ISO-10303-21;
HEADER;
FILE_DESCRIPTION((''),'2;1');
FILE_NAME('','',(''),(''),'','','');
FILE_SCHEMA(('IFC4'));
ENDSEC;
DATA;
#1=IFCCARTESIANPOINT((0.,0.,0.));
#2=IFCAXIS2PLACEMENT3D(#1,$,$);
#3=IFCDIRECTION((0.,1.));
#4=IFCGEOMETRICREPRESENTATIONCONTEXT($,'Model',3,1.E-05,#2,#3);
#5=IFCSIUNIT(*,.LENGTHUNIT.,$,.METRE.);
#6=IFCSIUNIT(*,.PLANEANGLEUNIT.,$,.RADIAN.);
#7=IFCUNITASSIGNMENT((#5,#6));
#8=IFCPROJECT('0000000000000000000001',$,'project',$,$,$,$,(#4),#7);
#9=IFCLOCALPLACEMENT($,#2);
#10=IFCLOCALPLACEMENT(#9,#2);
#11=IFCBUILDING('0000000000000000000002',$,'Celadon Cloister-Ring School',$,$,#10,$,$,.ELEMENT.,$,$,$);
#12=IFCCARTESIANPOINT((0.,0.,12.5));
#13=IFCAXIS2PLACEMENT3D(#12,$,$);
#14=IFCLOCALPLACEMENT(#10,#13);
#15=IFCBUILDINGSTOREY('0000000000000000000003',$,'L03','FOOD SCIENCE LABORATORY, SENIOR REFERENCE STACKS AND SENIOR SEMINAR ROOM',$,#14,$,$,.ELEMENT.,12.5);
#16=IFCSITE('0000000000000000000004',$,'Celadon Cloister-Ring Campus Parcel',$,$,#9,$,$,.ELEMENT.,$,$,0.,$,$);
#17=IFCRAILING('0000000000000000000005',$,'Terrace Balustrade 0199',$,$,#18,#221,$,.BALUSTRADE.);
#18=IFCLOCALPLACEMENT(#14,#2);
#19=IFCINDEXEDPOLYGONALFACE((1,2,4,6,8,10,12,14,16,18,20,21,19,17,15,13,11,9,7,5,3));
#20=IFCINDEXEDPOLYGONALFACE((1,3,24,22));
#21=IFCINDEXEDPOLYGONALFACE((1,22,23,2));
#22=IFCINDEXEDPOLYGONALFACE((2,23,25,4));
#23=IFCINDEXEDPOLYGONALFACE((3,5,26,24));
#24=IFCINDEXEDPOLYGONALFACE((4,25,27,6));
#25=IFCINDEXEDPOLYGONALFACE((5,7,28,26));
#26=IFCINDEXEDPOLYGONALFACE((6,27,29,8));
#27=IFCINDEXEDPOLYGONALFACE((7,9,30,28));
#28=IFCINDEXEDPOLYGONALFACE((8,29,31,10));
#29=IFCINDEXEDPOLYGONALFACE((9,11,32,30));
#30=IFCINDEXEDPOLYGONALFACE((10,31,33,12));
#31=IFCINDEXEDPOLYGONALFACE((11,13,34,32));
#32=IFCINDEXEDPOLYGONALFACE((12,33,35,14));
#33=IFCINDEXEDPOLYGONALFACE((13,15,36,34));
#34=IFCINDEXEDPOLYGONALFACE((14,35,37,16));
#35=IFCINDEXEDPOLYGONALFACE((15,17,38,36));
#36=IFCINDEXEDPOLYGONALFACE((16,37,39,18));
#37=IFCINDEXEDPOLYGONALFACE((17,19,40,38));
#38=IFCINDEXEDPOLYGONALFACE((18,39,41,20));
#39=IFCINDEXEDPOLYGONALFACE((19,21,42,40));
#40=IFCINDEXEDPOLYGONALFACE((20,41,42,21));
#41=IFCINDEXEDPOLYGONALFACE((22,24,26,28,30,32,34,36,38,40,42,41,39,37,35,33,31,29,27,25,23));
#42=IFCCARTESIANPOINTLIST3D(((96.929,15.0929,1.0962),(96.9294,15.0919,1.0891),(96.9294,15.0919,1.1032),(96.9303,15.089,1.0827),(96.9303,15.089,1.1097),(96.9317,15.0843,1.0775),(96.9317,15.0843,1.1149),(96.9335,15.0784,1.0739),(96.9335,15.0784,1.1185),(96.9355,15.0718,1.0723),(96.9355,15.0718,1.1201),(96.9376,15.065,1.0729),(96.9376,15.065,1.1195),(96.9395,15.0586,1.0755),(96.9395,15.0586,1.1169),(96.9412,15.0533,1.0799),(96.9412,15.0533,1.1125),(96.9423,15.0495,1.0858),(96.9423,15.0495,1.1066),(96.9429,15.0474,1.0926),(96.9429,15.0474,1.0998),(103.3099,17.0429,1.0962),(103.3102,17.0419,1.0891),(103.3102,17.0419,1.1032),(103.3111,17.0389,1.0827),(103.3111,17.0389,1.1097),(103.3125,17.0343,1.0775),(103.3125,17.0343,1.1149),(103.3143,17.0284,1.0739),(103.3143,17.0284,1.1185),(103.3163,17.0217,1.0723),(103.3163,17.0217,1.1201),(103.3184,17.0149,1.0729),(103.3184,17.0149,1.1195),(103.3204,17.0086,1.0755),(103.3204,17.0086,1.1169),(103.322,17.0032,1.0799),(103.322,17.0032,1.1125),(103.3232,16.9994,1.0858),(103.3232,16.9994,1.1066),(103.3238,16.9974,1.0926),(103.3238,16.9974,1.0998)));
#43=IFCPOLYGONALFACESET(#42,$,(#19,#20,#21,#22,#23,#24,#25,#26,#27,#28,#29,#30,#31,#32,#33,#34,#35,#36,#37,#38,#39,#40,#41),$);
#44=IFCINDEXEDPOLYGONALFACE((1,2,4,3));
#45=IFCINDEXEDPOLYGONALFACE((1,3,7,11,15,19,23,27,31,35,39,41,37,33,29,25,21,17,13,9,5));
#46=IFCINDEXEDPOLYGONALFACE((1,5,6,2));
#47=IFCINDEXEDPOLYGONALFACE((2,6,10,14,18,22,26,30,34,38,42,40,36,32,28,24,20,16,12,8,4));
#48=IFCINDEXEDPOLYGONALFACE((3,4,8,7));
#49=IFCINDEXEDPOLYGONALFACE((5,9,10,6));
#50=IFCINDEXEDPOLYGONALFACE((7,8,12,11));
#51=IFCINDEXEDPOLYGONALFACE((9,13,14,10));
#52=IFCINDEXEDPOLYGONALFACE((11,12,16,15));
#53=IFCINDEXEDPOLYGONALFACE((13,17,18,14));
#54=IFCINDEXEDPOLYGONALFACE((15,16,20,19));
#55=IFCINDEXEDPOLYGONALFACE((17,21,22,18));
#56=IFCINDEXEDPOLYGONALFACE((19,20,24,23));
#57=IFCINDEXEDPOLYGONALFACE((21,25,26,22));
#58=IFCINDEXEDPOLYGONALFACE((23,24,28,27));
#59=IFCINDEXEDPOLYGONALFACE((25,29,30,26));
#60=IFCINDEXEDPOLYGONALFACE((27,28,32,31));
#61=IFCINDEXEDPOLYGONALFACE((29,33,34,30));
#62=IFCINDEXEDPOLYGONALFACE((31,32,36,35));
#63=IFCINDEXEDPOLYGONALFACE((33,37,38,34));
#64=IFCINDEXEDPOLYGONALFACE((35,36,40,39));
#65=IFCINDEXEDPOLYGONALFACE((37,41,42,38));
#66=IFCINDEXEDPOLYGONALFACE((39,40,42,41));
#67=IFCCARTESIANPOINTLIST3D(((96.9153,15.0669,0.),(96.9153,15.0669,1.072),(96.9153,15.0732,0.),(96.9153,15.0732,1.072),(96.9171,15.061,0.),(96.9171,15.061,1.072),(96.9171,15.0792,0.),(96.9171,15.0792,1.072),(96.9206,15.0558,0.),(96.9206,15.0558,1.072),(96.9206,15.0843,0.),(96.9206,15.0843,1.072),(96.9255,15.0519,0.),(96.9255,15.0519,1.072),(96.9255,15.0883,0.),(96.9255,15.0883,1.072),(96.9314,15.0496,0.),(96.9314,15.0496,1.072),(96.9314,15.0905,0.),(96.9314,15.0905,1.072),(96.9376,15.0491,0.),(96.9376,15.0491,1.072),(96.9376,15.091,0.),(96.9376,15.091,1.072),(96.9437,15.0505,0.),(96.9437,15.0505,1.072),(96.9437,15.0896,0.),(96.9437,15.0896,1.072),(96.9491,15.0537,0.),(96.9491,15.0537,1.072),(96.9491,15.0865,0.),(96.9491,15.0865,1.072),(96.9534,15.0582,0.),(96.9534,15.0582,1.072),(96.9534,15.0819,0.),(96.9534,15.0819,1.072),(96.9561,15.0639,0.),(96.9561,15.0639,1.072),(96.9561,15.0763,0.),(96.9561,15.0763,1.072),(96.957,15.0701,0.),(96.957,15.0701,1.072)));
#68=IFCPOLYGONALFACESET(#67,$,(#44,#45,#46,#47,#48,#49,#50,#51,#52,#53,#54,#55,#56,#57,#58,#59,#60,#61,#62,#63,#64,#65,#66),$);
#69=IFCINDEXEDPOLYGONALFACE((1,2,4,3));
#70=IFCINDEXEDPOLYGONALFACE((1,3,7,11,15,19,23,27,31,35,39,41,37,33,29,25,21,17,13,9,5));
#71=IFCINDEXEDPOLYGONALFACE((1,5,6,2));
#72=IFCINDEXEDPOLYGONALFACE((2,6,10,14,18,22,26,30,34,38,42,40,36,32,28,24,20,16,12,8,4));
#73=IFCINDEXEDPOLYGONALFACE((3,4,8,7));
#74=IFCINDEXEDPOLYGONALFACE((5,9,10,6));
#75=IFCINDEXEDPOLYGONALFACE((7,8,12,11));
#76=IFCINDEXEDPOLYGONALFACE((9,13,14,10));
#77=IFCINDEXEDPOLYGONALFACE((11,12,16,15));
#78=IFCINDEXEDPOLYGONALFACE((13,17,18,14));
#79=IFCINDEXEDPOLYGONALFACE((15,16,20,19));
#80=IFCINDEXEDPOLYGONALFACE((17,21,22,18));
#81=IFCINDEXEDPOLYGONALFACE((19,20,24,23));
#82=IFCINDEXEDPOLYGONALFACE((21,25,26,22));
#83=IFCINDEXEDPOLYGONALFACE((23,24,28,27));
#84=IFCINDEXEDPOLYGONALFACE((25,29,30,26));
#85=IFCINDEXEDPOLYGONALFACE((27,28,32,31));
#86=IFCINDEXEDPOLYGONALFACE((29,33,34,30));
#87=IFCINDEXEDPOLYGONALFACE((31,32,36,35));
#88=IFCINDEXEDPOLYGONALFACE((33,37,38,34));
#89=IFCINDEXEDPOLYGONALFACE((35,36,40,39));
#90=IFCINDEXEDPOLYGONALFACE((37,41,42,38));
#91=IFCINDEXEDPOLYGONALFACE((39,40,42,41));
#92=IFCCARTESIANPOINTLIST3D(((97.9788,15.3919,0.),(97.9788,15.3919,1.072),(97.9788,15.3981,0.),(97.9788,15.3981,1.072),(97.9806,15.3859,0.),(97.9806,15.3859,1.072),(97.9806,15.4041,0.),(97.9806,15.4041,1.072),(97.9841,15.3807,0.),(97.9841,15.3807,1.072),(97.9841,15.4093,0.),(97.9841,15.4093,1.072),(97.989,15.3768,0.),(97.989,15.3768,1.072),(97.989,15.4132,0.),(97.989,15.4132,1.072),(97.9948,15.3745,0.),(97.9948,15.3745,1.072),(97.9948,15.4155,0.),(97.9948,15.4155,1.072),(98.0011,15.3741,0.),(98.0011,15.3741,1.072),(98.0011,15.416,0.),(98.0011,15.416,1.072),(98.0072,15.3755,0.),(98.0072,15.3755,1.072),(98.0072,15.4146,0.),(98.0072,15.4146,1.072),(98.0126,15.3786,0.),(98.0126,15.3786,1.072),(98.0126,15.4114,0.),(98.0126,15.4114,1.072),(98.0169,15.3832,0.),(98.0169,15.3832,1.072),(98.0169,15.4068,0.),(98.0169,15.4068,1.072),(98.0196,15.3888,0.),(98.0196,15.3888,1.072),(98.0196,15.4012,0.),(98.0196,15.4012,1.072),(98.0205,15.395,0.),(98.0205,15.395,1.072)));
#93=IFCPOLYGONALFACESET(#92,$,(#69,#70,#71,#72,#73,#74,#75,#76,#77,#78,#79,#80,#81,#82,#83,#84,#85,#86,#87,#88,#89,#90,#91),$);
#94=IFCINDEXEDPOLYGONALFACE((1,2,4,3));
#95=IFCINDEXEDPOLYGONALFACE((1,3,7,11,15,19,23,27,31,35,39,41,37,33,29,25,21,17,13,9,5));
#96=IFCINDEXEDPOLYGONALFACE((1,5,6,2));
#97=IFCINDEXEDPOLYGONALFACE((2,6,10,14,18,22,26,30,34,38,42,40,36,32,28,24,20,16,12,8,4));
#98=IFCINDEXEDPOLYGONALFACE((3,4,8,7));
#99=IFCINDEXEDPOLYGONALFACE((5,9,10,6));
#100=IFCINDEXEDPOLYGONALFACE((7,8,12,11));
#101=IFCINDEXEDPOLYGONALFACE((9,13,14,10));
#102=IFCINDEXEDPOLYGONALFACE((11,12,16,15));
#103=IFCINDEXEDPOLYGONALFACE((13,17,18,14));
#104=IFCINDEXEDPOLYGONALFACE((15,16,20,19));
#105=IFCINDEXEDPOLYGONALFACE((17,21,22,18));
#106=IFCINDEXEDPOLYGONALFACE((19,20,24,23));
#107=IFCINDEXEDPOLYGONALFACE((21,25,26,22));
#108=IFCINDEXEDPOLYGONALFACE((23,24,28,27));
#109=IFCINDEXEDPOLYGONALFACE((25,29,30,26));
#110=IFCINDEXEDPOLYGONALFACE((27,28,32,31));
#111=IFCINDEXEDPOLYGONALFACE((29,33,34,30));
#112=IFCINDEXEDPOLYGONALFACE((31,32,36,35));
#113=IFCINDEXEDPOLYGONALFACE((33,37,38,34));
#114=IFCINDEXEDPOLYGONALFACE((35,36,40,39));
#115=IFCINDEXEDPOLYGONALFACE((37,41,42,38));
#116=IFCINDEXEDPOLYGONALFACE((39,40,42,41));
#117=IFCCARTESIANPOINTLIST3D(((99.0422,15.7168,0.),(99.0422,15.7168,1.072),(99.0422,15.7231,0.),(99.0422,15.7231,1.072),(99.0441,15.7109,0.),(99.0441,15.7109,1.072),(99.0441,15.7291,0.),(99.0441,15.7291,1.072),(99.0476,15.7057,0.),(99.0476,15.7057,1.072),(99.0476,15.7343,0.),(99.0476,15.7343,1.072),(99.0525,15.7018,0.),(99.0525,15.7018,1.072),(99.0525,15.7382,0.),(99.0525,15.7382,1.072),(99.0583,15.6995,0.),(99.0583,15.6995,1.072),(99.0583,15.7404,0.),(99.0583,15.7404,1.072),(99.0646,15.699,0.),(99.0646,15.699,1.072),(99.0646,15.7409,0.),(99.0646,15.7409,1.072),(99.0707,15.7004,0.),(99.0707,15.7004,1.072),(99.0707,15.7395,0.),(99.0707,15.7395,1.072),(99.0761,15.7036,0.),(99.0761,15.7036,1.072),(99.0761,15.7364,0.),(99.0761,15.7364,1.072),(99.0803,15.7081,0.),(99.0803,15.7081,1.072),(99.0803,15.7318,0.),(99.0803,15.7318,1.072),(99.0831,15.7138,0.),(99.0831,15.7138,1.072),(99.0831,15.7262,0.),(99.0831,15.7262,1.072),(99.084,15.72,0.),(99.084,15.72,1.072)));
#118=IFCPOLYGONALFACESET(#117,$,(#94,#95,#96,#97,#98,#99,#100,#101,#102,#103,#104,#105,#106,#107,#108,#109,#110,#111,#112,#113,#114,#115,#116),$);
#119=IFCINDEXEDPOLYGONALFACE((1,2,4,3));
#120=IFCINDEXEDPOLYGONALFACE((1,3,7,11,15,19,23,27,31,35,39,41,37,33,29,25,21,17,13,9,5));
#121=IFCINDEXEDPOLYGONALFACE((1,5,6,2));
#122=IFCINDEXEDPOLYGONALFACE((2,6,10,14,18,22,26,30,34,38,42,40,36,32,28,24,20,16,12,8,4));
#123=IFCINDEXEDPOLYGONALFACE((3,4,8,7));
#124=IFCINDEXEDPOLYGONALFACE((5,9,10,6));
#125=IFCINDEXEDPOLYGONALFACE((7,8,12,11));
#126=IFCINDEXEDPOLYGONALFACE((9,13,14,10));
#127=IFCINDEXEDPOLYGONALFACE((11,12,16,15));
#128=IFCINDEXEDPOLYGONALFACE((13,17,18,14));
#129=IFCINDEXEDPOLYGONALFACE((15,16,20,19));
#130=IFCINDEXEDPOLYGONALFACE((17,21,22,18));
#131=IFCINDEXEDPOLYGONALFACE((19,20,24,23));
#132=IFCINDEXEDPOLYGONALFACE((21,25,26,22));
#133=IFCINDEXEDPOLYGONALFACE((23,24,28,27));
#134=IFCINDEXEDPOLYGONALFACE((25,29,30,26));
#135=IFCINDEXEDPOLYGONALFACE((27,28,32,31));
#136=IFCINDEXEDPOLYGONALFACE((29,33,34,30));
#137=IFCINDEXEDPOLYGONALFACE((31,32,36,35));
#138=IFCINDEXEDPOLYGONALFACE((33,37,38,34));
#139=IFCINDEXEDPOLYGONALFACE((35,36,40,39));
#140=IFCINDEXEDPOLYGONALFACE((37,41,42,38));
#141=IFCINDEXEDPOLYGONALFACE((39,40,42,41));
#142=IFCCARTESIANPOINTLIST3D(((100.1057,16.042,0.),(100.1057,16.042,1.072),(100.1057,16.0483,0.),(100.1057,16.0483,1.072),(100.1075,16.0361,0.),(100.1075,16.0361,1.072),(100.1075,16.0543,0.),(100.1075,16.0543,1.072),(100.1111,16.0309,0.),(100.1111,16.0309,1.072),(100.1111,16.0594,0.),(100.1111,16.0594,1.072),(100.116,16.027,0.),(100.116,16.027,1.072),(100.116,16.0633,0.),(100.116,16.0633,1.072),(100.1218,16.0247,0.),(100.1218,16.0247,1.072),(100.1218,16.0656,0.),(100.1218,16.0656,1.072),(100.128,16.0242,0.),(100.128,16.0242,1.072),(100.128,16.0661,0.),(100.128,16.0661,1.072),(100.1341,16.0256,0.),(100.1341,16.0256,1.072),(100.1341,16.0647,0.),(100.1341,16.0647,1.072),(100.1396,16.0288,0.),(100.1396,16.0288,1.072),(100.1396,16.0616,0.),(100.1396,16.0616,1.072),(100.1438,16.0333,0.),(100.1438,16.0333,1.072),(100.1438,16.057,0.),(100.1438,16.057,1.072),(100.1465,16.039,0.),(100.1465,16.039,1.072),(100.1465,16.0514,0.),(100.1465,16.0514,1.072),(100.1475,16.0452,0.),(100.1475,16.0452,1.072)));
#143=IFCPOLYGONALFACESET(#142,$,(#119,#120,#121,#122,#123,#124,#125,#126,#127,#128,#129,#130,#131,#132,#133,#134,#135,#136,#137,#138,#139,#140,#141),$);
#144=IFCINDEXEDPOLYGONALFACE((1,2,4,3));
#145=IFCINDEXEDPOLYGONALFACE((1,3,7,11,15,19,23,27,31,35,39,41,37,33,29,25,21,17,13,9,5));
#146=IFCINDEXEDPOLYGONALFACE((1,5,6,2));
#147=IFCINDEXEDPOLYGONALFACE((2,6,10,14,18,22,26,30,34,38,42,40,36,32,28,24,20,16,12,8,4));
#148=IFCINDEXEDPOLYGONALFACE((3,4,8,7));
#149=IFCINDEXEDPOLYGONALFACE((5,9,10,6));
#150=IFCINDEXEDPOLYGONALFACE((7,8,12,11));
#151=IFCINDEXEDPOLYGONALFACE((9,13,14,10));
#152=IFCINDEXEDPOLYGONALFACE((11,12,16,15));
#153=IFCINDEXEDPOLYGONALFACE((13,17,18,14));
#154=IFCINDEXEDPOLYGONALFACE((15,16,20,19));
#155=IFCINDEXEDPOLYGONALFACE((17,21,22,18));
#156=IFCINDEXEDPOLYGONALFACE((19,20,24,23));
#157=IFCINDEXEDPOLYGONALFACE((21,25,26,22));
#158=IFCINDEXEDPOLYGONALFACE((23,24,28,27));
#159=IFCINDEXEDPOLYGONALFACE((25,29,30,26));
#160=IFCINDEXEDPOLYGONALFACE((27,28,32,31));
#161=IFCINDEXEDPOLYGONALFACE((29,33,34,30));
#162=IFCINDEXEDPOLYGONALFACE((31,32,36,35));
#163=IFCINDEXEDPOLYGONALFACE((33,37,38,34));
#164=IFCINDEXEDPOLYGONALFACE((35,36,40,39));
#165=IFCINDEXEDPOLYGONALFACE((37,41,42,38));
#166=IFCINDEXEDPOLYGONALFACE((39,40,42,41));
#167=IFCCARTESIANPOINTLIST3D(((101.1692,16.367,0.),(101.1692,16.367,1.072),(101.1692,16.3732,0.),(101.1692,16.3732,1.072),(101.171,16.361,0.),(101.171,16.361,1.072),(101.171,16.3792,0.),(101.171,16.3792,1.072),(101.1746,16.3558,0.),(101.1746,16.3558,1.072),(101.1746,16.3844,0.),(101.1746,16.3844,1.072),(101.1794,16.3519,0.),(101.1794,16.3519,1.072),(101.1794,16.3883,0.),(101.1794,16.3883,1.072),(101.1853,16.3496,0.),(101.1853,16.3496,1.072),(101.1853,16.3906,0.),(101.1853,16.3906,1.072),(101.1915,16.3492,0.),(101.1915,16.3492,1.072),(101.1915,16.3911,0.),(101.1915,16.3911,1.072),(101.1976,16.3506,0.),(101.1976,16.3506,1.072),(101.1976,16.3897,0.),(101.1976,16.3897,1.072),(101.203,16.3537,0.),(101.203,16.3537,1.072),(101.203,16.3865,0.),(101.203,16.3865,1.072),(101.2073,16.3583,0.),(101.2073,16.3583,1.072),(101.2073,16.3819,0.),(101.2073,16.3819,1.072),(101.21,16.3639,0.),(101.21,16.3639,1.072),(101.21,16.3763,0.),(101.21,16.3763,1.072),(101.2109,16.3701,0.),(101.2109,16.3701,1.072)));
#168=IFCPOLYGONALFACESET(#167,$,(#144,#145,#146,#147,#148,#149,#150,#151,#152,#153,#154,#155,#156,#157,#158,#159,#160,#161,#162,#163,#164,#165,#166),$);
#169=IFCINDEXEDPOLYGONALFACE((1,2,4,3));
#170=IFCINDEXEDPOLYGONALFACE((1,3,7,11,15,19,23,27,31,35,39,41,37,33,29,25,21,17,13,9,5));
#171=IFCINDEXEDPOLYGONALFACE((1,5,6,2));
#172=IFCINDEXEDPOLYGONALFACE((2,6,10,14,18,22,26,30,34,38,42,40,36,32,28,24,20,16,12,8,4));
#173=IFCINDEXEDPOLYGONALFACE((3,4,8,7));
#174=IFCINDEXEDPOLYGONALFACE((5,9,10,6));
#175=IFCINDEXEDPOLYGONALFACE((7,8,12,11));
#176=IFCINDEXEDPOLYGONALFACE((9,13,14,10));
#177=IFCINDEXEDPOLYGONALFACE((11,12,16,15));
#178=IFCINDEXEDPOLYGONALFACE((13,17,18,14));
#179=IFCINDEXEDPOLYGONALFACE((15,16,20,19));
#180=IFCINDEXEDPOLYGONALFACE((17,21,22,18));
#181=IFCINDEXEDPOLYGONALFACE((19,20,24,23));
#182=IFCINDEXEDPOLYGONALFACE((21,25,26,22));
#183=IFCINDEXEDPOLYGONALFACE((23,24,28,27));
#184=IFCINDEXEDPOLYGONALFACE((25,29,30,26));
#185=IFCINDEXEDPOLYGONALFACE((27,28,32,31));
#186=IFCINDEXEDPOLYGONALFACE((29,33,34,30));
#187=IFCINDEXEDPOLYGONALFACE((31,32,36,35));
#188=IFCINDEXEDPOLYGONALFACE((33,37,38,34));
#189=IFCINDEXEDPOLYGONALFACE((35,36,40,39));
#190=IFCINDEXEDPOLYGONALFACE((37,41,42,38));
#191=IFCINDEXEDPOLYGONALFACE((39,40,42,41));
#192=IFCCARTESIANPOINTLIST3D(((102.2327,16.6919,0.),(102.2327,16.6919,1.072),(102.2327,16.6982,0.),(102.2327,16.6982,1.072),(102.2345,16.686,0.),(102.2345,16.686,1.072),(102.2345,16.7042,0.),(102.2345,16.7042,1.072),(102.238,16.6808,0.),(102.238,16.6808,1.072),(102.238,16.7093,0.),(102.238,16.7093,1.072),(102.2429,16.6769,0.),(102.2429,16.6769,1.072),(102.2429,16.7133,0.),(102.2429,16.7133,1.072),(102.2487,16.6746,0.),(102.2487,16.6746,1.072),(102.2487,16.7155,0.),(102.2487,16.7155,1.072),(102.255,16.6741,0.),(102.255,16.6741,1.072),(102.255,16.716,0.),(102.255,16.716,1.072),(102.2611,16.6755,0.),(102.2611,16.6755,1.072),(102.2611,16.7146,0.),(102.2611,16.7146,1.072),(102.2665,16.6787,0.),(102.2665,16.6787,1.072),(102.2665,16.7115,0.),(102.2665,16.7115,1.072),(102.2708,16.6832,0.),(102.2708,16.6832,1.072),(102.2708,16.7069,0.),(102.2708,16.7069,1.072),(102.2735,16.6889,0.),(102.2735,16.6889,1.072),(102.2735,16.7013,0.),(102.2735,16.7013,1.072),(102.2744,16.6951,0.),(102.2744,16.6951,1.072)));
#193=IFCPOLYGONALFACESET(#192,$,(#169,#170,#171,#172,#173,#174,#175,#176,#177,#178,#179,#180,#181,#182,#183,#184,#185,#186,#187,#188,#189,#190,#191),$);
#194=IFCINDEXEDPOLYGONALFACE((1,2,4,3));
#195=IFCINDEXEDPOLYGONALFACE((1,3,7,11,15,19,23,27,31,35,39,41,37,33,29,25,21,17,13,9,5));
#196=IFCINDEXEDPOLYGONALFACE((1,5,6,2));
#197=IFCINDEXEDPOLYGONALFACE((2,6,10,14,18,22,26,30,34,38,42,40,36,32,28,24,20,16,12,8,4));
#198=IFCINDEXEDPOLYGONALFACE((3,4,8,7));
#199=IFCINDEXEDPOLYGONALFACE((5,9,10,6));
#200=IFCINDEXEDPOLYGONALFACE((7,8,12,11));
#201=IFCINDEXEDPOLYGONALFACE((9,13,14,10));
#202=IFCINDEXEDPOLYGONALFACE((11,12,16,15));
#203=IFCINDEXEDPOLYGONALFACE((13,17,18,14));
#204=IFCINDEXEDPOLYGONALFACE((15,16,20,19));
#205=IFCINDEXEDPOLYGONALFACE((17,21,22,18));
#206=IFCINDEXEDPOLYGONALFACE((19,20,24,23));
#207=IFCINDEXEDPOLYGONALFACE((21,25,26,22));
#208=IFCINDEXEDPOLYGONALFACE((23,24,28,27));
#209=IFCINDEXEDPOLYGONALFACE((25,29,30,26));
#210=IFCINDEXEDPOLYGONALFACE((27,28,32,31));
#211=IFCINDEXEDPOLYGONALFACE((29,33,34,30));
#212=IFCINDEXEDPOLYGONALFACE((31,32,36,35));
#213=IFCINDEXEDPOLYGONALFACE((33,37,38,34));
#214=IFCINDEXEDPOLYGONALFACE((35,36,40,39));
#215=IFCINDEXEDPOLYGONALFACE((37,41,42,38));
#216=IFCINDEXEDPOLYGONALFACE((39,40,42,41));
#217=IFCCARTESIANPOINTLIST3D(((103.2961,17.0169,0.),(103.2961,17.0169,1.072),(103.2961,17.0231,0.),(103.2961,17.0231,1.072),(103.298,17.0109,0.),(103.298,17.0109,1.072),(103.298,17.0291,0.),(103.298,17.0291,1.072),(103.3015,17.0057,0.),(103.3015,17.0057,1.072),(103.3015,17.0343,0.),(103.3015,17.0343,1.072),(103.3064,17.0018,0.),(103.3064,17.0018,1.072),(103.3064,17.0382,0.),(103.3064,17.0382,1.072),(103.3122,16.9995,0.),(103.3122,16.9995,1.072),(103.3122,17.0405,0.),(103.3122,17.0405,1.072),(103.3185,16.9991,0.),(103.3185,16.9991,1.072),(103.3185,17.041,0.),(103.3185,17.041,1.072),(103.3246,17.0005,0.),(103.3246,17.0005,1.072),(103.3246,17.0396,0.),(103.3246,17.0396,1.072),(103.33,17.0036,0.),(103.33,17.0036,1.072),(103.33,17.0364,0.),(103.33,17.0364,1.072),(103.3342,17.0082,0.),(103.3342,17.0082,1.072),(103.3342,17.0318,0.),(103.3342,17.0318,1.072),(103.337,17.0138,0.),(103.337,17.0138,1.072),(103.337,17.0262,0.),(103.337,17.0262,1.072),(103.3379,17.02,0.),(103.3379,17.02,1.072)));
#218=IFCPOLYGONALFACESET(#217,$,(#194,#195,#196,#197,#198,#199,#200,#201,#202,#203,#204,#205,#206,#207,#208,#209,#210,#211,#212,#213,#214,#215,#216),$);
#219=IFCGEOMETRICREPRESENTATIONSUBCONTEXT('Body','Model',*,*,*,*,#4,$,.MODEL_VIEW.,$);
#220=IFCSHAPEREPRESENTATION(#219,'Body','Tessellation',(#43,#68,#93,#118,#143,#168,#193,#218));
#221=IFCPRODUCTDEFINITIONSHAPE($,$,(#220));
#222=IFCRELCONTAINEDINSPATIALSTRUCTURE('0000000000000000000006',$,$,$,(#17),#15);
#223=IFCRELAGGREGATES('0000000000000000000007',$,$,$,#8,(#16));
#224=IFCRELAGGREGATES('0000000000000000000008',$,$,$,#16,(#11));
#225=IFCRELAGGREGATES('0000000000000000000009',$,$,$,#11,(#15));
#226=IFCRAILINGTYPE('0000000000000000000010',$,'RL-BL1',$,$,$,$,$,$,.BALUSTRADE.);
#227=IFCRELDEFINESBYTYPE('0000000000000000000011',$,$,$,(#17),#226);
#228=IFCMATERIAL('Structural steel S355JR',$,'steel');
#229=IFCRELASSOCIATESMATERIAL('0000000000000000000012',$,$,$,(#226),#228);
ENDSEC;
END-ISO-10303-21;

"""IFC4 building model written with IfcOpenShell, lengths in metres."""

from ifc_helpers import new_model, si_unit, direction, frame, origin, origin_2d, place, context, subcontext, project, spatial, circle, extrude, material, type_object, element, save


model = new_model("IFC4")

# Units and contexts
model_context = context("Model", 3, precision=1e-05, world=origin(), true_north=direction((0.0, 1.0)))
body_context = subcontext(model_context, "Body", "Model", "MODEL_VIEW")
ifc_project = project(units=[si_unit("LENGTHUNIT", "METRE"), si_unit("PLANEANGLEUNIT", "RADIAN")], contexts=[model_context])

# Site, building, storey
site_placement = place(None, origin())
site = spatial("IfcSite", under=ifc_project, at=site_placement, Name="Celadon Cloister-Ring Campus Parcel", CompositionType="ELEMENT", RefElevation=0.0)
building_placement = place(site_placement, origin())
building = spatial("IfcBuilding", under=site, at=building_placement, Name="Celadon Cloister-Ring School", CompositionType="ELEMENT")
storey_placement = place(building_placement, frame((0.0, 0.0, 12.5)))
storey = spatial("IfcBuildingStorey", under=building, at=storey_placement, Name="L03", Description="FOOD SCIENCE LABORATORY, SENIOR REFERENCE STACKS AND SENIOR SEMINAR ROOM", CompositionType="ELEMENT", Elevation=12.5)

# Railing
ifc_material_1 = material(Name="Structural steel S355JR", Category="steel")
railing_type = type_object("IfcRailingType", Name="RL-BL1", PredefinedType="BALUSTRADE", material=ifc_material_1)
railing_placement = place(storey_placement, frame((96.936, 15.0701, 0.0)))
element("IfcRailing", 1, at=railing_placement, inside=storey, type_object=railing_type, Name="Terrace Balustrade 0199", PredefinedType="BALUSTRADE", context=body_context, shape_type="SweptSolid", body=[
    extrude(circle(Radius=0.0239, at=origin_2d()), frame((0.0, 0.0, 1.0962), z_axis=(0.956341, 0.292252, 0.0), x_axis=(-0.292252, 0.956341, 0.0)), (0.0, 0.0, 1.0), 6.6721),
    extrude(circle(Radius=0.021, at=origin_2d()), origin(), (0.0, 0.0, 1.0), 1.072),
    extrude(circle(Radius=0.021, at=origin_2d()), frame((1.0635, 0.325, 0.0)), (0.0, 0.0, 1.0), 1.072),
    extrude(circle(Radius=0.021, at=origin_2d()), frame((2.127, 0.6499, 0.0)), (0.0, 0.0, 1.0), 1.072),
    extrude(circle(Radius=0.021, at=origin_2d()), frame((3.1904, 0.9751, 0.0)), (0.0, 0.0, 1.0), 1.072),
    extrude(circle(Radius=0.021, at=origin_2d()), frame((4.2539, 1.3, 0.0)), (0.0, 0.0, 1.0), 1.072),
    extrude(circle(Radius=0.021, at=origin_2d()), frame((5.3174, 1.625, 0.0)), (0.0, 0.0, 1.0), 1.072),
    extrude(circle(Radius=0.021, at=origin_2d()), frame((6.3809, 1.95, 0.0)), (0.0, 0.0, 1.0), 1.072),
])

save(model, "model.ifc")
